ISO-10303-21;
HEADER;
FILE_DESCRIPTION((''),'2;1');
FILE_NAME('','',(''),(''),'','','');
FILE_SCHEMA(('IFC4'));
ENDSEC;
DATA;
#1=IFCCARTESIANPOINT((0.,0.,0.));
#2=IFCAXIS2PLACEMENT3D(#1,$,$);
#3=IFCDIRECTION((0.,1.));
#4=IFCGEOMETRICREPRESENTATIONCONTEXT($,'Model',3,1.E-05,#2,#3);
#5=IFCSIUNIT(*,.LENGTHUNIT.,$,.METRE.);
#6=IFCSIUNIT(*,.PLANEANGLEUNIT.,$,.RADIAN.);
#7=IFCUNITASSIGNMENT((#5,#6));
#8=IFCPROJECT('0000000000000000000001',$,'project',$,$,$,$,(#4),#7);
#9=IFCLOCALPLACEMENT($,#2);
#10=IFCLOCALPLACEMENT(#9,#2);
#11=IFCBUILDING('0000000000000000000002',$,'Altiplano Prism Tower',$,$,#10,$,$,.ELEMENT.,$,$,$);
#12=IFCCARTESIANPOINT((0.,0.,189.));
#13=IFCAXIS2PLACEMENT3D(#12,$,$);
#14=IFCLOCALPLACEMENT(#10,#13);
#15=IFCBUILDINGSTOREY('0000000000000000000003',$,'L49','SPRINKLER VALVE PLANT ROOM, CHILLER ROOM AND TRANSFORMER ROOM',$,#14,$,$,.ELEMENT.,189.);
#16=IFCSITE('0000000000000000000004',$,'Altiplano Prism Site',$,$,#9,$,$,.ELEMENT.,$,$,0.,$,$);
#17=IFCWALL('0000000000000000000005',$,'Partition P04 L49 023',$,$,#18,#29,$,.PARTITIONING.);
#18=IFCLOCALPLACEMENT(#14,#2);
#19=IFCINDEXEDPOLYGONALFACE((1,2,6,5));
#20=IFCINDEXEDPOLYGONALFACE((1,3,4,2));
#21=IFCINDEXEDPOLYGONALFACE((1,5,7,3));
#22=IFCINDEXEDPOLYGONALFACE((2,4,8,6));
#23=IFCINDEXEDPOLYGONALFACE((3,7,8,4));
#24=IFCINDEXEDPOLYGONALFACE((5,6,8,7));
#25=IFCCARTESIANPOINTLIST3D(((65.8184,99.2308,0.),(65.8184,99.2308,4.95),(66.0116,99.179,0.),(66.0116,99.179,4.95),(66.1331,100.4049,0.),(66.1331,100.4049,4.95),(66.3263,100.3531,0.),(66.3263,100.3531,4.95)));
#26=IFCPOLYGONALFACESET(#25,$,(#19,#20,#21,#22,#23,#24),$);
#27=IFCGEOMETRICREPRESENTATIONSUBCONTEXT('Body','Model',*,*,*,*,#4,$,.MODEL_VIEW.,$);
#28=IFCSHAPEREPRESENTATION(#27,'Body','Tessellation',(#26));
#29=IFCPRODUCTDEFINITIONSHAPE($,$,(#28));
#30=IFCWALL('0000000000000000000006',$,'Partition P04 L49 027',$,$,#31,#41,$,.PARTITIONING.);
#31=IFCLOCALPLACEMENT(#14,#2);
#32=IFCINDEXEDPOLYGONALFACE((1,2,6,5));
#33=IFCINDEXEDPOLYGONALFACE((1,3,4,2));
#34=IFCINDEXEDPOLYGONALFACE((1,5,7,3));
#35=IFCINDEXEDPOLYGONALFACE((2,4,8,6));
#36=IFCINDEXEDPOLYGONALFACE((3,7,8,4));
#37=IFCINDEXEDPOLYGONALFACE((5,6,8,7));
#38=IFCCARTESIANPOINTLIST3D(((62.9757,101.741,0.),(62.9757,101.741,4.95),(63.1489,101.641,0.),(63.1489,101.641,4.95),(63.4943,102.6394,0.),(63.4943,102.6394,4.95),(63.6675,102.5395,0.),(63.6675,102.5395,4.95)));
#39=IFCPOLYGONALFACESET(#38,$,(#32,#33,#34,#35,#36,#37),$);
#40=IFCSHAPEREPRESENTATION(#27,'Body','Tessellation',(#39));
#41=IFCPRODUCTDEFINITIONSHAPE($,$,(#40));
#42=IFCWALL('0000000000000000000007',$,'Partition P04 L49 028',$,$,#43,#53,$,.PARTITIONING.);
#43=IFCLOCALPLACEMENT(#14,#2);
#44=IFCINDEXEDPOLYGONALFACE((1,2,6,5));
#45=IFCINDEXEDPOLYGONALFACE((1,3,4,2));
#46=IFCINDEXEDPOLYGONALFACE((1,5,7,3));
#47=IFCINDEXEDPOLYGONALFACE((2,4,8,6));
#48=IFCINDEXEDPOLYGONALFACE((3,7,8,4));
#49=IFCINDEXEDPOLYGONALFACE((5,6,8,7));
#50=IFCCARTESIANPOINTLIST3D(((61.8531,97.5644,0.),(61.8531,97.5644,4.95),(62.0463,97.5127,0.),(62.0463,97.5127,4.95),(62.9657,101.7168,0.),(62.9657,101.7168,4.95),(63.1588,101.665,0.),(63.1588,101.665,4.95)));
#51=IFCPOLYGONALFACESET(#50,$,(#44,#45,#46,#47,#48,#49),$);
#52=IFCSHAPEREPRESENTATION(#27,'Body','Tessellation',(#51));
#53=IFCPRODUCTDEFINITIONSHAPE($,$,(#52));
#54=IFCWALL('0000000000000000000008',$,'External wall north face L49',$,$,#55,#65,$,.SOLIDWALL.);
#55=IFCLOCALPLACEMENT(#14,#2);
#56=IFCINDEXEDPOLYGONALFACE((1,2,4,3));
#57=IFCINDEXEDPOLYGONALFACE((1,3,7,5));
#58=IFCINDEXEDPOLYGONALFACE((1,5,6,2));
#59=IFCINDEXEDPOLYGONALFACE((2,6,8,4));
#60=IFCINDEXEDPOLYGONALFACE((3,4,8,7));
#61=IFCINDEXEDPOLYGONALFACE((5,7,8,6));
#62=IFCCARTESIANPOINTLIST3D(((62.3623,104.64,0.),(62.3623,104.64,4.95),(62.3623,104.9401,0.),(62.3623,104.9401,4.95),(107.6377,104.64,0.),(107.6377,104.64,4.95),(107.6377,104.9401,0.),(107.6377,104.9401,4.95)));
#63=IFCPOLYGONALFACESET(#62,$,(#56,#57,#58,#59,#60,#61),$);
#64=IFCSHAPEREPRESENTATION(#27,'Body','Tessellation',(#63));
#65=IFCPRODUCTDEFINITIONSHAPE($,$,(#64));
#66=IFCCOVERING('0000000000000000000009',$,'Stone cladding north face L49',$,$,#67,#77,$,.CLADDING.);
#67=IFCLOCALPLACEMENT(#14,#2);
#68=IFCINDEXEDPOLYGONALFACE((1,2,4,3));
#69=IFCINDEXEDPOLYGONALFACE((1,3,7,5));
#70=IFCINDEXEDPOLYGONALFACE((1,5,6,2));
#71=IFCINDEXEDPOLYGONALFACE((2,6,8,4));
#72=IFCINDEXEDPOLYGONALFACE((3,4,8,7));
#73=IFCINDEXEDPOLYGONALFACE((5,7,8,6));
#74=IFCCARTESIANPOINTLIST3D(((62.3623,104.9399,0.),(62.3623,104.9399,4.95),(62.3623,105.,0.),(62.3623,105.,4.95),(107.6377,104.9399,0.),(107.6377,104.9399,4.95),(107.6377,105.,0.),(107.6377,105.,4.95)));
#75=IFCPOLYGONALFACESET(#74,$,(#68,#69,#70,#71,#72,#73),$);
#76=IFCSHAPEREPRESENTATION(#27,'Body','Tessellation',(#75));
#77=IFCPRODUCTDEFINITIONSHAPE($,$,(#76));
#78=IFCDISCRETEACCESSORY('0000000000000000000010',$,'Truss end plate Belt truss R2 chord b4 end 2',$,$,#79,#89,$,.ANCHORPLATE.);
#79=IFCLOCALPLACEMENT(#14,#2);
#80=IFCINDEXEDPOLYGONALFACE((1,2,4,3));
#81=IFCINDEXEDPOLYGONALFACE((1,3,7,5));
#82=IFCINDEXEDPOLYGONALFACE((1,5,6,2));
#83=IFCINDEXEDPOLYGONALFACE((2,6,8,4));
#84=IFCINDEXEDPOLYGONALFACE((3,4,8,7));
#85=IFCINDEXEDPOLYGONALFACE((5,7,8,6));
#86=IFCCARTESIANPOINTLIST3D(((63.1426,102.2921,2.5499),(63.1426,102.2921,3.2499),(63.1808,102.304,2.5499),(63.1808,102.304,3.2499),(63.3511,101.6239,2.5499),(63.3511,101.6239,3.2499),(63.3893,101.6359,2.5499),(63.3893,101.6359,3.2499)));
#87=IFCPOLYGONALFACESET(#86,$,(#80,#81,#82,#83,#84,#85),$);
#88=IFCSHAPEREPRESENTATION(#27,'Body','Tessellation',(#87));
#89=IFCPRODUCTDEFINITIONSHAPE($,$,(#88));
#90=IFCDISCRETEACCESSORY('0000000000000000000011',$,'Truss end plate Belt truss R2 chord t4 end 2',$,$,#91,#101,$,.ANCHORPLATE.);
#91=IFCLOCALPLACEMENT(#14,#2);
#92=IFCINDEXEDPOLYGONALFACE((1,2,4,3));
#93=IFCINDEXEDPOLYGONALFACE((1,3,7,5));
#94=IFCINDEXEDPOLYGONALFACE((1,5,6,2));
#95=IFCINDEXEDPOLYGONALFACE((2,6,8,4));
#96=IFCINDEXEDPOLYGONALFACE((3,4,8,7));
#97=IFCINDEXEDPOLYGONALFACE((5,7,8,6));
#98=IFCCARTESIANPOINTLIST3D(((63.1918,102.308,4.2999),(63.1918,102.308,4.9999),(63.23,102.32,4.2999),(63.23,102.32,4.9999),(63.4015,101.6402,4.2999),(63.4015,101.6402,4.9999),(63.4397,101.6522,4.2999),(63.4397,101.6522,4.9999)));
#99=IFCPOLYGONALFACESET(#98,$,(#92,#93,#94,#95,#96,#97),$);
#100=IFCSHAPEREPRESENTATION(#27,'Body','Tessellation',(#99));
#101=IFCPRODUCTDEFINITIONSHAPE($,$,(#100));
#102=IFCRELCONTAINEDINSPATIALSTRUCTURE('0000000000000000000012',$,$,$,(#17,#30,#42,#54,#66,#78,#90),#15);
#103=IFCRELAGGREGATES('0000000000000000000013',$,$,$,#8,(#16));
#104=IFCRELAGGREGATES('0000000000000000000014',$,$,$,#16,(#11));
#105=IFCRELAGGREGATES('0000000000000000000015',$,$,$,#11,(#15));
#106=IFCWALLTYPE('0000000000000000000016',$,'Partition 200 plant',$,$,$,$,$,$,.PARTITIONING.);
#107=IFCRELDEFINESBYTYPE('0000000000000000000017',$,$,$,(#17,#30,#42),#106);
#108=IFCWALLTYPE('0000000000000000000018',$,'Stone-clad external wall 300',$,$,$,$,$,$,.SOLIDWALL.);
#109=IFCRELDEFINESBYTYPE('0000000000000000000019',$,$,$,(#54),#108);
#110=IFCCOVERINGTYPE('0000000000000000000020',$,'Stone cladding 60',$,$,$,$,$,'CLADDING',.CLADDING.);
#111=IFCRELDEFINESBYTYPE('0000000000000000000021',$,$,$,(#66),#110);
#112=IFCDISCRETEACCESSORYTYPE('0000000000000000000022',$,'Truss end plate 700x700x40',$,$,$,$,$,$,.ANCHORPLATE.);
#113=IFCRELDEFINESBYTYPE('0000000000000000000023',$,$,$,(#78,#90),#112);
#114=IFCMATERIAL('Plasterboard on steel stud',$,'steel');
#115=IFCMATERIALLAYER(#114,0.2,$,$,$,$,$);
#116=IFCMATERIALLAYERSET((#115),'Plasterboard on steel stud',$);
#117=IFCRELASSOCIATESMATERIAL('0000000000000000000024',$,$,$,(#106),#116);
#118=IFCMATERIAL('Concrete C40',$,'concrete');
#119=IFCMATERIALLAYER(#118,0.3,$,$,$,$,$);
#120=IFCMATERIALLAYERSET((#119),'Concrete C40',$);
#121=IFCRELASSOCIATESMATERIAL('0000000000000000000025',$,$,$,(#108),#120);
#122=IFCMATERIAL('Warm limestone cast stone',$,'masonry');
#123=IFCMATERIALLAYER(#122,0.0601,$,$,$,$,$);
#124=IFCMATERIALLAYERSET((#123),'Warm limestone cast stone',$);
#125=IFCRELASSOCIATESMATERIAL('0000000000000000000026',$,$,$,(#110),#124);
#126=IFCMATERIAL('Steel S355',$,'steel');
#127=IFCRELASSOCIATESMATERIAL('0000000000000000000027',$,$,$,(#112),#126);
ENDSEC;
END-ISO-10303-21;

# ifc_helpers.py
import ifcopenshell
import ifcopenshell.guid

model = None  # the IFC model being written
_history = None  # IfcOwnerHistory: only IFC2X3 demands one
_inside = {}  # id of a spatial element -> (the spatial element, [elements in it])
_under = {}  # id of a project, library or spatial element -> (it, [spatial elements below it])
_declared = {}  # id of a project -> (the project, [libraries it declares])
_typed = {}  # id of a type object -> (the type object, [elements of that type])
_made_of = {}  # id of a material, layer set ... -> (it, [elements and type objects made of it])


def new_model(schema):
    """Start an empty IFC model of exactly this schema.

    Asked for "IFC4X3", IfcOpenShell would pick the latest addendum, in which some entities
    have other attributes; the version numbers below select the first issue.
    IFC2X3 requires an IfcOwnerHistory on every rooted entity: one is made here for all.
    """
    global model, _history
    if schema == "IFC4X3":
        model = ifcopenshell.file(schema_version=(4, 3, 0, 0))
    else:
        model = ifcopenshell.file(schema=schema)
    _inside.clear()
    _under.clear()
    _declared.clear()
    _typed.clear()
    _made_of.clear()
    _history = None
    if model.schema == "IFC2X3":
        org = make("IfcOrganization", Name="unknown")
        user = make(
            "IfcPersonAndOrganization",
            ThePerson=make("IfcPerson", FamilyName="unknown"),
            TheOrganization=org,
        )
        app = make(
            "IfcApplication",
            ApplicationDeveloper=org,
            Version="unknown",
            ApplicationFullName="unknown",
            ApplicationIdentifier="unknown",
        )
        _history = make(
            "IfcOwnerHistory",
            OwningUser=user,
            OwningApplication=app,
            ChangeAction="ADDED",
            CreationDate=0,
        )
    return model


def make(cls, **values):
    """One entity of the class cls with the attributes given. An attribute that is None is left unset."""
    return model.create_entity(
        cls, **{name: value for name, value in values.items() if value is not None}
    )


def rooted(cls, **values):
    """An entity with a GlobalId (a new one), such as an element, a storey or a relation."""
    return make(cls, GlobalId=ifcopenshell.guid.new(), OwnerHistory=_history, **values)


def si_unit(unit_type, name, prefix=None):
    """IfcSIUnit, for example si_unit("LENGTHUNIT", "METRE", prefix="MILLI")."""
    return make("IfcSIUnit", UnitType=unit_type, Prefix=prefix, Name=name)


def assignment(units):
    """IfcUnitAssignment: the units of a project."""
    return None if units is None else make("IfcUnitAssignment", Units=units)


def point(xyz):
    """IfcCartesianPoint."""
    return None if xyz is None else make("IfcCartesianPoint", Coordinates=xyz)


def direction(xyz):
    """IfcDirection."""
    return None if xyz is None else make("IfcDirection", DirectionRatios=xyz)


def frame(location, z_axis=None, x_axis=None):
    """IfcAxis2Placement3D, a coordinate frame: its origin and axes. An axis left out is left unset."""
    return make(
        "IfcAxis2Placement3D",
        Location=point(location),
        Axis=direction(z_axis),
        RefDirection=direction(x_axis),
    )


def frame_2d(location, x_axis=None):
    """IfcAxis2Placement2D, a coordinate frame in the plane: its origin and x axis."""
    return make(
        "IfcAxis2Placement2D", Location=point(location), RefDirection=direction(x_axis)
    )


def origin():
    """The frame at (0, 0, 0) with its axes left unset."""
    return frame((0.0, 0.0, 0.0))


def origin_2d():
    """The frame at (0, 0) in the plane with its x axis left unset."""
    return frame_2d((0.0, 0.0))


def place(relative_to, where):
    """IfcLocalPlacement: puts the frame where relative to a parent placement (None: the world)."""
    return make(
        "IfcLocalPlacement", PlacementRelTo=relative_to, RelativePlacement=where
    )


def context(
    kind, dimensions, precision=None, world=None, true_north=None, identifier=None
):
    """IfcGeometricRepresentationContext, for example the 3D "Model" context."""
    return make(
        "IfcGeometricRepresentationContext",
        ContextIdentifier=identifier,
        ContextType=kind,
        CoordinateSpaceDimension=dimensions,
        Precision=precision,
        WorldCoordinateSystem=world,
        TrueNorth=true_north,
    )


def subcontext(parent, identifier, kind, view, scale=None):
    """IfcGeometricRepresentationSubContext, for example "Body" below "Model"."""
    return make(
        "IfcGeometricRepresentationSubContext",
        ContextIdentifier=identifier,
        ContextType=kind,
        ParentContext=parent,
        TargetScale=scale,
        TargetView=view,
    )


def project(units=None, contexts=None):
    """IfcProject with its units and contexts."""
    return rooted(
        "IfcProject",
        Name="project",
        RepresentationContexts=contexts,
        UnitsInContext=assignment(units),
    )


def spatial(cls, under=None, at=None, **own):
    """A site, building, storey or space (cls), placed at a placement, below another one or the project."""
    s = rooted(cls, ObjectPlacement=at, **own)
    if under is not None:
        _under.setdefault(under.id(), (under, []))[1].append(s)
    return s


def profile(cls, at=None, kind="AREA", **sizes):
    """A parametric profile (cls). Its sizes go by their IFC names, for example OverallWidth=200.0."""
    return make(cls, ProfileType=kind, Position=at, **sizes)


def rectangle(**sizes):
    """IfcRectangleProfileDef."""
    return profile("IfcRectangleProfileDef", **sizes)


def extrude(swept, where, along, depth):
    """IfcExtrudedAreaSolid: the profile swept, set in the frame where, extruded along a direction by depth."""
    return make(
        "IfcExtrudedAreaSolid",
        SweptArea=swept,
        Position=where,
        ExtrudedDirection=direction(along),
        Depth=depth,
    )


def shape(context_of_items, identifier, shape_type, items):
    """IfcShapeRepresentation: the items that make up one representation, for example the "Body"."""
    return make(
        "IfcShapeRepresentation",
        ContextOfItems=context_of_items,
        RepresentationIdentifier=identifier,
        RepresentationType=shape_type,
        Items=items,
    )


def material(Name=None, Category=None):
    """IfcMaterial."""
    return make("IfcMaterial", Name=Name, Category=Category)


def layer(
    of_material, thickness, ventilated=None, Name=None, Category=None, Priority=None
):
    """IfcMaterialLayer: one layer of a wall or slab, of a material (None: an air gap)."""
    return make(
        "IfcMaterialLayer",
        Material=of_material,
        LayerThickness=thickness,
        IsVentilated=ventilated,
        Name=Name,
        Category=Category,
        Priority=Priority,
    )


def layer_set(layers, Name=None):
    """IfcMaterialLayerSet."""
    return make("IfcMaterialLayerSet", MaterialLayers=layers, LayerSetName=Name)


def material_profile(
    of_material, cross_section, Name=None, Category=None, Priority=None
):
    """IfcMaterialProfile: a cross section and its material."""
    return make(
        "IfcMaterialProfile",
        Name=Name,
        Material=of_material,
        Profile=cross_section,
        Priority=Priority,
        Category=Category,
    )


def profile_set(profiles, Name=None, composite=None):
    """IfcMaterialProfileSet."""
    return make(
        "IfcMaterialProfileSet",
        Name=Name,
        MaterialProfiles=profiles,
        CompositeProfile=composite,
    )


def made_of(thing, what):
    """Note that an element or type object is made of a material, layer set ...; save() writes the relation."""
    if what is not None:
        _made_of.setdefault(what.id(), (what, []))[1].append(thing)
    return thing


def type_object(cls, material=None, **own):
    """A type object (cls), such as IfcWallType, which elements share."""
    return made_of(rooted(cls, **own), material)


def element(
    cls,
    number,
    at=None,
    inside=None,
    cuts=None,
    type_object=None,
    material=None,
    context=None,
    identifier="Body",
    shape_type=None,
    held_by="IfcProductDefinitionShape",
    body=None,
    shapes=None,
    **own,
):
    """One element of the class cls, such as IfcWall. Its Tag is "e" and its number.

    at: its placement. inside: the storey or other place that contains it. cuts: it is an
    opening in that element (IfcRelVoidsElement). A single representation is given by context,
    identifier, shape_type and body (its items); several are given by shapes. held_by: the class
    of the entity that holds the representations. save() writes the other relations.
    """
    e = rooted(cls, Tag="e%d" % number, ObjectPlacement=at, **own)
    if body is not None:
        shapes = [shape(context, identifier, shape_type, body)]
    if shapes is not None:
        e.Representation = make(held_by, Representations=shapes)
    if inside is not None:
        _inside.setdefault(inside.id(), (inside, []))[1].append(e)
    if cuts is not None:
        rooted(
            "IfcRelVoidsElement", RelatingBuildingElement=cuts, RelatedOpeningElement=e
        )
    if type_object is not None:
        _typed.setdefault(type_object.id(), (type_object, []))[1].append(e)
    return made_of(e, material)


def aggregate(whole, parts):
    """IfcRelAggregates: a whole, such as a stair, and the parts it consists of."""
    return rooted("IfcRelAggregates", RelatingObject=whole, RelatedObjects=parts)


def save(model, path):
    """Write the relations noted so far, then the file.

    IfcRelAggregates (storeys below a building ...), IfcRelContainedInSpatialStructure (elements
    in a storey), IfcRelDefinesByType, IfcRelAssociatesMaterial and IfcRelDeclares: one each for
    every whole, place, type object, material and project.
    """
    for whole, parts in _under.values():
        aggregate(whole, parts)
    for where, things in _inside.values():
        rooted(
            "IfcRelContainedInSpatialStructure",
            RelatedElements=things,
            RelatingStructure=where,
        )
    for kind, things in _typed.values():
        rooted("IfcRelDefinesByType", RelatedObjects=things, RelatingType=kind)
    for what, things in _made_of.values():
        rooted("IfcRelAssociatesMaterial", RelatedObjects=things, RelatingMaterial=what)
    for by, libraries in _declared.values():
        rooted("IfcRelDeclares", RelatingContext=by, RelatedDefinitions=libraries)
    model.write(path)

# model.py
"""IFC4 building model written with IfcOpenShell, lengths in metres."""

from ifc_helpers import new_model, si_unit, direction, frame, frame_2d, origin, origin_2d, place, context, subcontext, project, spatial, rectangle, extrude, material, layer, layer_set, material_profile, profile_set, type_object, element, save


model = new_model("IFC4")

# Units and contexts
model_context = context("Model", 3, precision=1e-05, world=origin(), true_north=direction((0.0, 1.0)))
body_context = subcontext(model_context, "Body", "Model", "MODEL_VIEW")
ifc_project = project(units=[si_unit("LENGTHUNIT", "METRE"), si_unit("PLANEANGLEUNIT", "RADIAN")], contexts=[model_context])

# Site, building, storey
site_placement = place(None, origin())
site = spatial("IfcSite", under=ifc_project, at=site_placement, Name="Altiplano Prism Site", CompositionType="ELEMENT", RefElevation=0.0)
building_placement = place(site_placement, origin())
building = spatial("IfcBuilding", under=site, at=building_placement, Name="Altiplano Prism Tower", CompositionType="ELEMENT")
storey_placement = place(building_placement, frame((0.0, 0.0, 189.0)))
storey = spatial("IfcBuildingStorey", under=building, at=storey_placement, Name="L49", Description="SPRINKLER VALVE PLANT ROOM, CHILLER ROOM AND TRANSFORMER ROOM", CompositionType="ELEMENT", Elevation=189.0)

# Shared definitions
ifc_material_1 = material(Name="Steel S355", Category="steel")

# Walls
ifc_material_2 = material(Name="Plasterboard on steel stud", Category="steel")
ifc_layer_1 = layer(ifc_material_2, 0.2)
ifc_layer_set_1 = layer_set([ifc_layer_1], Name="Plasterboard on steel stud")
wall_type_1 = type_object("IfcWallType", Name="Partition 200 plant", PredefinedType="PARTITIONING", material=ifc_layer_set_1)
wall_1_placement = place(storey_placement, frame((66.2297, 100.3792, 0.0), z_axis=(0.0, 0.0, 1.0), x_axis=(-0.2589, -0.965904, 0.0)))
element("IfcWall", 1, at=wall_1_placement, inside=storey, type_object=wall_type_1, Name="Partition P04 L49 023", PredefinedType="PARTITIONING", context=body_context, shape_type="SweptSolid", body=[
    extrude(rectangle(XDim=1.2156, YDim=0.2, at=frame_2d((0.6079, 0.0))), origin(), (0.0, 0.0, 1.0), 4.95),
])
wall_2_placement = place(storey_placement, frame((63.5808, 102.5894, 0.0), z_axis=(0.0, 0.0, 1.0), x_axis=(-0.499885, -0.866092, 0.0)))
element("IfcWall", 2, at=wall_2_placement, inside=storey, type_object=wall_type_1, Name="Partition P04 L49 027", PredefinedType="PARTITIONING", context=body_context, shape_type="SweptSolid", body=[
    extrude(rectangle(XDim=1.0374, YDim=0.2, at=frame_2d((0.5186, 0.0))), origin(), (0.0, 0.0, 1.0), 4.95),
])
wall_3_placement = place(storey_placement, frame((63.0623, 101.6909, 0.0), z_axis=(0.0, 0.0, 1.0), x_axis=(-0.258804, -0.96593, 0.0)))
element("IfcWall", 3, at=wall_3_placement, inside=storey, type_object=wall_type_1, Name="Partition P04 L49 028", PredefinedType="PARTITIONING", context=body_context, shape_type="SweptSolid", body=[
    extrude(rectangle(XDim=4.2988, YDim=0.2, at=frame_2d((2.1494, 0.0))), origin(), (0.0, 0.0, 1.0), 4.95),
])
ifc_material_3 = material(Name="Concrete C40", Category="concrete")
ifc_layer_2 = layer(ifc_material_3, 0.3)
ifc_layer_set_2 = layer_set([ifc_layer_2], Name="Concrete C40")
wall_type_2 = type_object("IfcWallType", Name="Stone-clad external wall 300", PredefinedType="SOLIDWALL", material=ifc_layer_set_2)
wall_4_placement = place(storey_placement, frame((62.3623, 104.79, 0.0), z_axis=(0.0, 0.0, 1.0), x_axis=(1.0, 0.0, 0.0)))
element("IfcWall", 4, at=wall_4_placement, inside=storey, type_object=wall_type_2, Name="External wall north face L49", PredefinedType="SOLIDWALL", context=body_context, shape_type="SweptSolid", body=[
    extrude(rectangle(XDim=45.2754, YDim=0.3, at=frame_2d((22.6377, 0.0))), origin(), (0.0, 0.0, 1.0), 4.95),
])

# Covering
ifc_material_4 = material(Name="Warm limestone cast stone", Category="masonry")
ifc_layer_3 = layer(ifc_material_4, 0.0601)
ifc_layer_set_3 = layer_set([ifc_layer_3], Name="Warm limestone cast stone")
covering_type = type_object("IfcCoveringType", Name="Stone cladding 60", ElementType="CLADDING", PredefinedType="CLADDING", material=ifc_layer_set_3)
covering_placement = place(storey_placement, frame((62.3623, 104.97, 0.0), z_axis=(0.0, 0.0, 1.0), x_axis=(1.0, 0.0, 0.0)))
element("IfcCovering", 5, at=covering_placement, inside=storey, type_object=covering_type, Name="Stone cladding north face L49", PredefinedType="CLADDING", context=body_context, shape_type="SweptSolid", body=[
    extrude(rectangle(XDim=45.2754, YDim=0.0601, at=frame_2d((22.6377, 0.0))), origin(), (0.0, 0.0, 1.0), 4.95),
])

# Discrete accessories
ifc_material_profile_1 = material_profile(ifc_material_1, rectangle(XDim=0.7, YDim=0.7, at=origin_2d()), Name="Truss end plate 700x700x40")
ifc_profile_set_1 = profile_set([ifc_material_profile_1], Name="Steel S355")
discrete_accessory_type = type_object("IfcDiscreteAccessoryType", Name="Truss end plate 700x700x40", PredefinedType="ANCHORPLATE", material=ifc_profile_set_1)
for number, where, z_axis, x_axis, name in (
    (6, (63.2468, 101.958, 2.8999), (0.954588, 0.297929, 0.0), (-0.297929, 0.954588, 0.0), "Truss end plate Belt truss R2 chord b4 end 2"),
    (7, (63.2966, 101.9741, 4.6499), (0.954044, 0.299668, 0.0), (-0.299668, 0.954044, 0.0), "Truss end plate Belt truss R2 chord t4 end 2"),
):
    element("IfcDiscreteAccessory", number, at=place(storey_placement, frame(where, z_axis=z_axis, x_axis=x_axis)), inside=storey, type_object=discrete_accessory_type, Name=name, PredefinedType="ANCHORPLATE", context=body_context, shape_type="SweptSolid", body=[
        extrude(rectangle(XDim=0.7, YDim=0.7, at=origin_2d()), origin(), (0.0, 0.0, 1.0), 0.04),
    ])

save(model, "model.ifc")
